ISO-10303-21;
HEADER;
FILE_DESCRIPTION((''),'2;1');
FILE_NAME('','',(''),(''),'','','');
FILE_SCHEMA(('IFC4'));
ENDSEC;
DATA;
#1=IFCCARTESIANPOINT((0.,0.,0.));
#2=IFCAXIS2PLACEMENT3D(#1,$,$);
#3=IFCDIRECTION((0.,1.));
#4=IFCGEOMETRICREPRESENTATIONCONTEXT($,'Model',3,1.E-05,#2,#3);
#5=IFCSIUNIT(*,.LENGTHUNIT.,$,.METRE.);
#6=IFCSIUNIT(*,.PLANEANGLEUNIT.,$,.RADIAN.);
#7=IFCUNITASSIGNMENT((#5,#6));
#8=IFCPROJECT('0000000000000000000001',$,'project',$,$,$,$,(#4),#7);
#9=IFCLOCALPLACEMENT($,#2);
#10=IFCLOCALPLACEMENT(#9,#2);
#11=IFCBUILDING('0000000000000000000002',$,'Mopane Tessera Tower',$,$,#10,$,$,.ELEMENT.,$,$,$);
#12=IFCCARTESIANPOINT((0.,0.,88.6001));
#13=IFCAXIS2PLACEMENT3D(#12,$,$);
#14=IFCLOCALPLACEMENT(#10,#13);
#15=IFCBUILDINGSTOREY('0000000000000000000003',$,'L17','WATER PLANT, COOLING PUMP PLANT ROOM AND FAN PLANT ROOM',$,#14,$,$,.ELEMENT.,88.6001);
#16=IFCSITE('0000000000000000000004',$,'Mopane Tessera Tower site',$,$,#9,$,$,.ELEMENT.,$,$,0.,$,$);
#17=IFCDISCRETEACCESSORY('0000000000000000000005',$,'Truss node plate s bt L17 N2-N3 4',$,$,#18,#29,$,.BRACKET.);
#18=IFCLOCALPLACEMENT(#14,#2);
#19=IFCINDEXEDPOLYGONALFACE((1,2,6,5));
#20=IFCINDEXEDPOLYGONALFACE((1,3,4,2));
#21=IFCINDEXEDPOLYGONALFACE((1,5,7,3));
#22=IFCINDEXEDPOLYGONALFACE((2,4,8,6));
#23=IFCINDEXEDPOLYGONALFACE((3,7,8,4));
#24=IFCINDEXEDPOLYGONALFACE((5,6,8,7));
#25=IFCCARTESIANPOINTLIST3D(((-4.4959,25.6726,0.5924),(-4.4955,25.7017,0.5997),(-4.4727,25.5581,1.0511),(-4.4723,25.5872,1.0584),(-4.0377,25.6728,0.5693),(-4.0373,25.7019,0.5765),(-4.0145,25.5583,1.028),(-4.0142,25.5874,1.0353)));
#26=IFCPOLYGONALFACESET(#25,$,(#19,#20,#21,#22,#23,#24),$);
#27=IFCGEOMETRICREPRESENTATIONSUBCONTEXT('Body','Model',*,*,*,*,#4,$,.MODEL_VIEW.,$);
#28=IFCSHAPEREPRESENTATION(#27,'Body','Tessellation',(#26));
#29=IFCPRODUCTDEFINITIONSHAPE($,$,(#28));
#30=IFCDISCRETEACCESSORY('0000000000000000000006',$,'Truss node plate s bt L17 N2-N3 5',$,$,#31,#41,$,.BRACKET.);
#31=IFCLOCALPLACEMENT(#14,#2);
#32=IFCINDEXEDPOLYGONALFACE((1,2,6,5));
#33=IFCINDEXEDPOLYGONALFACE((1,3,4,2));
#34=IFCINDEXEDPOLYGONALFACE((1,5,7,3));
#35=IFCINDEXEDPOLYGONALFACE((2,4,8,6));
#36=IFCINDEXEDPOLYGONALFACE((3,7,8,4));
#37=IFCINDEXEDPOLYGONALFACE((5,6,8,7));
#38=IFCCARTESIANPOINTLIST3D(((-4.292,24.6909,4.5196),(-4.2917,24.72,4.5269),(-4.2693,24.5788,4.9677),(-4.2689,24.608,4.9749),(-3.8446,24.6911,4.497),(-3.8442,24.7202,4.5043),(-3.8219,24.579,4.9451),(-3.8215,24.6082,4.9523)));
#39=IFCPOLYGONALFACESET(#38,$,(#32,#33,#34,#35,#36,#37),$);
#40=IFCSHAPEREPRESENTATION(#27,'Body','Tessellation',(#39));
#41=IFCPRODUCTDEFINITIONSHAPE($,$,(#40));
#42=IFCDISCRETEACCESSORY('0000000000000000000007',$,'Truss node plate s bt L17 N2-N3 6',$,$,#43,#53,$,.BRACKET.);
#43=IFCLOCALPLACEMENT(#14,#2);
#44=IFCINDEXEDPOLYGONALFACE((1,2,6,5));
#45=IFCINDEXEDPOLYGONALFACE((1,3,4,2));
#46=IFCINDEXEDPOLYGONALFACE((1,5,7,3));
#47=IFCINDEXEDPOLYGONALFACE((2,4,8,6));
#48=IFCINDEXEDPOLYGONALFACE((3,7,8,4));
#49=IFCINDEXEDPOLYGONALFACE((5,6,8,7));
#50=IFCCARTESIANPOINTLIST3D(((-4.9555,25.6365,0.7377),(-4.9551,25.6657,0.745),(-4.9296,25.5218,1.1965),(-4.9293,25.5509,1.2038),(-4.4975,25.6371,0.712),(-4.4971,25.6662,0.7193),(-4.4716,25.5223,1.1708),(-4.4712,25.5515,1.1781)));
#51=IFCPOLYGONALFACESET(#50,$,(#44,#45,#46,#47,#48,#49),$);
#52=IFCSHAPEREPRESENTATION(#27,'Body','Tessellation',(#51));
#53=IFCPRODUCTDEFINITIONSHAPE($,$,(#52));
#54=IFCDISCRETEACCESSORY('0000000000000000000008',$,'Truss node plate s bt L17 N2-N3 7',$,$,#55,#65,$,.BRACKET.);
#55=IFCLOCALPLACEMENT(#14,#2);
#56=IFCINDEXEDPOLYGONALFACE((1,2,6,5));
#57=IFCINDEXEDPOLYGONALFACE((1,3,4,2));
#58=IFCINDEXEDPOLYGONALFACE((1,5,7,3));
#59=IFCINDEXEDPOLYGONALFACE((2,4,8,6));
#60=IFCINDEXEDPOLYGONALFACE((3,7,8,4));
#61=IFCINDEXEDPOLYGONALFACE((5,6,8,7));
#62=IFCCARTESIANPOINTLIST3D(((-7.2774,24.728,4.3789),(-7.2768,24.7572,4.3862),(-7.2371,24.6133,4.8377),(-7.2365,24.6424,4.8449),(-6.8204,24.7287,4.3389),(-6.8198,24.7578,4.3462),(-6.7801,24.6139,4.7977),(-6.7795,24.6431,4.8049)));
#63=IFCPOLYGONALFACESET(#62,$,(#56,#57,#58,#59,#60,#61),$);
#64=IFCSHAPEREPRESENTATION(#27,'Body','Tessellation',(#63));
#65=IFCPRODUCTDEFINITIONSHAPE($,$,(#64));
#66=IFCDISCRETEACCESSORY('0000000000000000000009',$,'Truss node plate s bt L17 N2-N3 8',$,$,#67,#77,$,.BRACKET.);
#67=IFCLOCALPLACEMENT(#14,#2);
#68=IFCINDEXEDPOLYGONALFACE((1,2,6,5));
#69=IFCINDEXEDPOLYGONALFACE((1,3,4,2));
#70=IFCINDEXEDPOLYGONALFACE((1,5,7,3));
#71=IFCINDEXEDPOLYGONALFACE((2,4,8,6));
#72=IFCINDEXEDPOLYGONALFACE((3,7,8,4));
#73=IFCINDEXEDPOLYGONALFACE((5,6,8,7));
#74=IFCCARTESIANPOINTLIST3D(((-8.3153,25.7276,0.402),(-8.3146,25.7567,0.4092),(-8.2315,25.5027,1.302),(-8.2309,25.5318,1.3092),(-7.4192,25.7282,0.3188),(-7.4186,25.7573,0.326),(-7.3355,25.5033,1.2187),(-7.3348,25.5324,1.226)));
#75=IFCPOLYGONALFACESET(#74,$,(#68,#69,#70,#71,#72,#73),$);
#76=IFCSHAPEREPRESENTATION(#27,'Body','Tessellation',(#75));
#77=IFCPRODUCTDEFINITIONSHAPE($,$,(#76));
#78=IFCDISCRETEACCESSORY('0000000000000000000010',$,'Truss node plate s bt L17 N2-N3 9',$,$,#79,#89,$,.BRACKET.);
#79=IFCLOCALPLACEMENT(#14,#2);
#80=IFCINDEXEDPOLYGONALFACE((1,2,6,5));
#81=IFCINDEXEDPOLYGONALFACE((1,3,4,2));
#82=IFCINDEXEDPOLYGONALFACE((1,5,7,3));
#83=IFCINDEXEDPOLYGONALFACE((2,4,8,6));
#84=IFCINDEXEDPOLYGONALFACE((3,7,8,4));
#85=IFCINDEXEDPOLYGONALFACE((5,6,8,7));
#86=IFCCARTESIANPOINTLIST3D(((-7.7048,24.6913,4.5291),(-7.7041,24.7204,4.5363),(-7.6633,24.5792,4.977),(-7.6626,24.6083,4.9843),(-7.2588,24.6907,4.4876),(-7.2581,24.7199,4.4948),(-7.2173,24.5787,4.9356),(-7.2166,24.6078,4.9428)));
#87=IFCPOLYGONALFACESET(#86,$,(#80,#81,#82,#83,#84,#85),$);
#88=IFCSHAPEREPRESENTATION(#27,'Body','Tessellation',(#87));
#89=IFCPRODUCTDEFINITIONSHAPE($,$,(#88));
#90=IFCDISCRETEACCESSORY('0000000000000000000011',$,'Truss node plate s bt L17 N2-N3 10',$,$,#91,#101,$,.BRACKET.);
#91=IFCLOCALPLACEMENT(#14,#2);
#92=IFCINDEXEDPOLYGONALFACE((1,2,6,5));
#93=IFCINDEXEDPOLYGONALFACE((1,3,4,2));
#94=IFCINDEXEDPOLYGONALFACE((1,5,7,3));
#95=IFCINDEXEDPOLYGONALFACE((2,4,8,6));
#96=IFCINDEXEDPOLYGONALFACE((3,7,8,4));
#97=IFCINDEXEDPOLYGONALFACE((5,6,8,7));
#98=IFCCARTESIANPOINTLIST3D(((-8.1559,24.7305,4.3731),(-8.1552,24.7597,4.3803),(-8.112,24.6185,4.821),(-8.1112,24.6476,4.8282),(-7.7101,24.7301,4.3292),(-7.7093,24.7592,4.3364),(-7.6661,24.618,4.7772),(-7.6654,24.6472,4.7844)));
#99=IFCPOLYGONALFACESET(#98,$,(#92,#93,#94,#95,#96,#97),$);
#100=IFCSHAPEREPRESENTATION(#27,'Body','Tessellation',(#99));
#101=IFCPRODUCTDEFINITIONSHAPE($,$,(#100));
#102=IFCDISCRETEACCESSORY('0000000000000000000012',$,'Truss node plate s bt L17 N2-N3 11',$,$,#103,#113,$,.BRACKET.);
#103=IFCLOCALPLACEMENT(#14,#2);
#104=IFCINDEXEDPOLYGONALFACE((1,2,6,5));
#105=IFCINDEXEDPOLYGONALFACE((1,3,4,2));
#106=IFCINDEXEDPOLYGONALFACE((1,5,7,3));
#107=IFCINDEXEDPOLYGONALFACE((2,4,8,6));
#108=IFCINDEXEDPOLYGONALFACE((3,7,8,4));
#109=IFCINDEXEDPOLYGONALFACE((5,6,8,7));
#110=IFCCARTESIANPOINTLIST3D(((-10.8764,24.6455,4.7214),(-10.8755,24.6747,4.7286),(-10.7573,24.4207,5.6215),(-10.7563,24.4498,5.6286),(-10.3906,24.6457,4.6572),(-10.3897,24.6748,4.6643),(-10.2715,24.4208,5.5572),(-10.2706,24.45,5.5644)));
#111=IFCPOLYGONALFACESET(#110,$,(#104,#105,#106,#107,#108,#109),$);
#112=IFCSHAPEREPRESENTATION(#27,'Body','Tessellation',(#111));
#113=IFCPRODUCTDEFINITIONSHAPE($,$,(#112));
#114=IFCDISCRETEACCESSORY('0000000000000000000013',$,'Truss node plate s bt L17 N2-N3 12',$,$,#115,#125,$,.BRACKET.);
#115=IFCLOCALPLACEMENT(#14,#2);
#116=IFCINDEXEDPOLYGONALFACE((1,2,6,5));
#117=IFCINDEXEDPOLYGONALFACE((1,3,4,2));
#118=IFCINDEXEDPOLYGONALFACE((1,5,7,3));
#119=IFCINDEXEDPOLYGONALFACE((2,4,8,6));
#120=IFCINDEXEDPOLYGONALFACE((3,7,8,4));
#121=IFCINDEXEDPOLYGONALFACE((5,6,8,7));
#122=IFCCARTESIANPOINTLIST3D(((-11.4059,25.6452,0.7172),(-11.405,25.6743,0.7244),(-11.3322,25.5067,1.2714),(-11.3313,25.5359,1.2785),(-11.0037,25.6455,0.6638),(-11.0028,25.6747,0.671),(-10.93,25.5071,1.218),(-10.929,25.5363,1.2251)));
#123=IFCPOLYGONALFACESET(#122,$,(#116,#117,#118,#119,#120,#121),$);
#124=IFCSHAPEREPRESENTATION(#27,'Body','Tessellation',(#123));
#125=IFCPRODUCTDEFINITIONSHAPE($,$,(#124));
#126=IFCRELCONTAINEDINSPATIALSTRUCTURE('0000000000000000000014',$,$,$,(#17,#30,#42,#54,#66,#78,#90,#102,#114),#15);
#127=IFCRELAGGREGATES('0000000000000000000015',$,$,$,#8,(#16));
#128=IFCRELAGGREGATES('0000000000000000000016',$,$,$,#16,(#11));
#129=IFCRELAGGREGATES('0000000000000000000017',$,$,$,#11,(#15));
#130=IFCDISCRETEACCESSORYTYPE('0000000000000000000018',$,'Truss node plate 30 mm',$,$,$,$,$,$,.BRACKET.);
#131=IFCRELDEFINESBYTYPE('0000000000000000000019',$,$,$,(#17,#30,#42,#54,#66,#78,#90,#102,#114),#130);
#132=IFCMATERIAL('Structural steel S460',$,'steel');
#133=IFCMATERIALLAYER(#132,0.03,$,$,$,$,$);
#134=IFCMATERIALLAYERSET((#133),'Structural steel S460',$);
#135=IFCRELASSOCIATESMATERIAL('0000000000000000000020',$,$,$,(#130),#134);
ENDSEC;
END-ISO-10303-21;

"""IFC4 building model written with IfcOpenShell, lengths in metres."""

from ifc_helpers import new_model, si_unit, direction, frame, origin, origin_2d, place, context, subcontext, project, spatial, rectangle, extrude, material, layer, layer_set, type_object, element, save


model = new_model("IFC4")

# Units and contexts
model_context = context("Model", 3, precision=1e-05, world=origin(), true_north=direction((0.0, 1.0)))
body_context = subcontext(model_context, "Body", "Model", "MODEL_VIEW")
ifc_project = project(units=[si_unit("LENGTHUNIT", "METRE"), si_unit("PLANEANGLEUNIT", "RADIAN")], contexts=[model_context])

# Site, building, storey
site_placement = place(None, origin())
site = spatial("IfcSite", under=ifc_project, at=site_placement, Name="Mopane Tessera Tower site", CompositionType="ELEMENT", RefElevation=0.0)
building_placement = place(site_placement, origin())
building = spatial("IfcBuilding", under=site, at=building_placement, Name="Mopane Tessera Tower", CompositionType="ELEMENT")
storey_placement = place(building_placement, frame((0.0, 0.0, 88.6001)))
storey = spatial("IfcBuildingStorey", under=building, at=storey_placement, Name="L17", Description="WATER PLANT, COOLING PUMP PLANT ROOM AND FAN PLANT ROOM", CompositionType="ELEMENT", Elevation=88.6001)

# Discrete accessories
ifc_material_1 = material(Name="Structural steel S460", Category="steel")
ifc_layer_1 = layer(ifc_material_1, 0.03)
ifc_layer_set_1 = layer_set([ifc_layer_1], Name="Structural steel S460")
discrete_accessory_type_1 = type_object("IfcDiscreteAccessoryType", Name="Truss node plate 30 mm", PredefinedType="BRACKET", material=ifc_layer_set_1)
discrete_accessory_1_placement = place(storey_placement, frame((-4.2666, 25.6873, 0.5845), z_axis=(0.048995, -0.24188, 0.969068), x_axis=(-0.011779, -0.970306, -0.241594)))
element("IfcDiscreteAccessory", 1, at=discrete_accessory_1_placement, inside=storey, type_object=discrete_accessory_type_1, Name="Truss node plate s bt L17 N2-N3 4", PredefinedType="BRACKET", context=body_context, shape_type="SweptSolid", body=[
    extrude(rectangle(XDim=0.03, YDim=0.4587, at=origin_2d()), origin(), (0.0, 0.0, 1.0), 0.4734),
])
discrete_accessory_2_placement = place(storey_placement, frame((-4.0681, 24.7056, 4.512), z_axis=(0.049107, -0.242367, 0.968941), x_axis=(-0.011752, -0.970184, -0.242083)))
element("IfcDiscreteAccessory", 2, at=discrete_accessory_2_placement, inside=storey, type_object=discrete_accessory_type_1, Name="Truss node plate s bt L17 N2-N3 5", PredefinedType="BRACKET", context=body_context, shape_type="SweptSolid", body=[
    extrude(rectangle(XDim=0.03, YDim=0.448, at=origin_2d()), origin(), (0.0, 0.0, 1.0), 0.4624),
])
discrete_accessory_3_placement = place(storey_placement, frame((-4.7263, 25.6514, 0.7285), z_axis=(0.054645, -0.242295, 0.968663), x_axis=(-0.012393, -0.970202, -0.24198)))
element("IfcDiscreteAccessory", 3, at=discrete_accessory_3_placement, inside=storey, type_object=discrete_accessory_type_1, Name="Truss node plate s bt L17 N2-N3 6", PredefinedType="BRACKET", context=body_context, shape_type="SweptSolid", body=[
    extrude(rectangle(XDim=0.03, YDim=0.4587, at=origin_2d()), origin(), (0.0, 0.0, 1.0), 0.4736),
])
discrete_accessory_4_placement = place(storey_placement, frame((-7.0486, 24.7429, 4.3625), z_axis=(0.084881, -0.241781, 0.966611), x_axis=(-0.019721, -0.97033, -0.24098)))
element("IfcDiscreteAccessory", 4, at=discrete_accessory_4_placement, inside=storey, type_object=discrete_accessory_type_1, Name="Truss node plate s bt L17 N2-N3 7", PredefinedType="BRACKET", context=body_context, shape_type="SweptSolid", body=[
    extrude(rectangle(XDim=0.03, YDim=0.4587, at=origin_2d()), origin(), (0.0, 0.0, 1.0), 0.4746),
])
discrete_accessory_5_placement = place(storey_placement, frame((-7.8669, 25.7424, 0.364), z_axis=(0.089914, -0.24143, 0.966244), x_axis=(-0.02171, -0.970418, -0.240453)))
element("IfcDiscreteAccessory", 5, at=discrete_accessory_5_placement, inside=storey, type_object=discrete_accessory_type_1, Name="Truss node plate s bt L17 N2-N3 8", PredefinedType="BRACKET", context=body_context, shape_type="SweptSolid", body=[
    extrude(rectangle(XDim=0.03, YDim=0.8999, at=origin_2d()), origin(), (0.0, 0.0, 1.0), 0.9314),
])
discrete_accessory_6_placement = place(storey_placement, frame((-7.4814, 24.7056, 4.512), z_axis=(0.089513, -0.241686, 0.966217), x_axis=(-0.023468, -0.970354, -0.240547)))
element("IfcDiscreteAccessory", 6, at=discrete_accessory_6_placement, inside=storey, type_object=discrete_accessory_type_1, Name="Truss node plate s bt L17 N2-N3 9", PredefinedType="BRACKET", context=body_context, shape_type="SweptSolid", body=[
    extrude(rectangle(XDim=0.03, YDim=0.448, at=origin_2d()), origin(), (0.0, 0.0, 1.0), 0.4636),
])
discrete_accessory_7_placement = place(storey_placement, frame((-7.9326, 24.7449, 4.3547), z_axis=(0.094733, -0.241569, 0.965749), x_axis=(-0.024613, -0.970383, -0.240314)))
element("IfcDiscreteAccessory", 7, at=discrete_accessory_7_placement, inside=storey, type_object=discrete_accessory_type_1, Name="Truss node plate s bt L17 N2-N3 10", PredefinedType="BRACKET", context=body_context, shape_type="SweptSolid", body=[
    extrude(rectangle(XDim=0.03, YDim=0.448, at=origin_2d()), origin(), (0.0, 0.0, 1.0), 0.4639),
])
discrete_accessory_8_placement = place(storey_placement, frame((-10.6331, 24.6602, 4.6929), z_axis=(0.127365, -0.240376, 0.962288), x_axis=(-0.031229, -0.97068, -0.238339)))
element("IfcDiscreteAccessory", 8, at=discrete_accessory_8_placement, inside=storey, type_object=discrete_accessory_type_1, Name="Truss node plate s bt L17 N2-N3 11", PredefinedType="BRACKET", context=body_context, shape_type="SweptSolid", body=[
    extrude(rectangle(XDim=0.03, YDim=0.49, at=origin_2d()), origin(), (0.0, 0.0, 1.0), 0.9353),
])
discrete_accessory_9_placement = place(storey_placement, frame((-11.2043, 25.6599, 0.6941), z_axis=(0.128012, -0.240341, 0.962211), x_axis=(-0.030761, -0.970688, -0.238366)))
element("IfcDiscreteAccessory", 9, at=discrete_accessory_9_placement, inside=storey, type_object=discrete_accessory_type_1, Name="Truss node plate s bt L17 N2-N3 12", PredefinedType="BRACKET", context=body_context, shape_type="SweptSolid", body=[
    extrude(rectangle(XDim=0.03, YDim=0.4058, at=origin_2d()), origin(), (0.0, 0.0, 1.0), 0.5759),
])

save(model, "model.ifc")
